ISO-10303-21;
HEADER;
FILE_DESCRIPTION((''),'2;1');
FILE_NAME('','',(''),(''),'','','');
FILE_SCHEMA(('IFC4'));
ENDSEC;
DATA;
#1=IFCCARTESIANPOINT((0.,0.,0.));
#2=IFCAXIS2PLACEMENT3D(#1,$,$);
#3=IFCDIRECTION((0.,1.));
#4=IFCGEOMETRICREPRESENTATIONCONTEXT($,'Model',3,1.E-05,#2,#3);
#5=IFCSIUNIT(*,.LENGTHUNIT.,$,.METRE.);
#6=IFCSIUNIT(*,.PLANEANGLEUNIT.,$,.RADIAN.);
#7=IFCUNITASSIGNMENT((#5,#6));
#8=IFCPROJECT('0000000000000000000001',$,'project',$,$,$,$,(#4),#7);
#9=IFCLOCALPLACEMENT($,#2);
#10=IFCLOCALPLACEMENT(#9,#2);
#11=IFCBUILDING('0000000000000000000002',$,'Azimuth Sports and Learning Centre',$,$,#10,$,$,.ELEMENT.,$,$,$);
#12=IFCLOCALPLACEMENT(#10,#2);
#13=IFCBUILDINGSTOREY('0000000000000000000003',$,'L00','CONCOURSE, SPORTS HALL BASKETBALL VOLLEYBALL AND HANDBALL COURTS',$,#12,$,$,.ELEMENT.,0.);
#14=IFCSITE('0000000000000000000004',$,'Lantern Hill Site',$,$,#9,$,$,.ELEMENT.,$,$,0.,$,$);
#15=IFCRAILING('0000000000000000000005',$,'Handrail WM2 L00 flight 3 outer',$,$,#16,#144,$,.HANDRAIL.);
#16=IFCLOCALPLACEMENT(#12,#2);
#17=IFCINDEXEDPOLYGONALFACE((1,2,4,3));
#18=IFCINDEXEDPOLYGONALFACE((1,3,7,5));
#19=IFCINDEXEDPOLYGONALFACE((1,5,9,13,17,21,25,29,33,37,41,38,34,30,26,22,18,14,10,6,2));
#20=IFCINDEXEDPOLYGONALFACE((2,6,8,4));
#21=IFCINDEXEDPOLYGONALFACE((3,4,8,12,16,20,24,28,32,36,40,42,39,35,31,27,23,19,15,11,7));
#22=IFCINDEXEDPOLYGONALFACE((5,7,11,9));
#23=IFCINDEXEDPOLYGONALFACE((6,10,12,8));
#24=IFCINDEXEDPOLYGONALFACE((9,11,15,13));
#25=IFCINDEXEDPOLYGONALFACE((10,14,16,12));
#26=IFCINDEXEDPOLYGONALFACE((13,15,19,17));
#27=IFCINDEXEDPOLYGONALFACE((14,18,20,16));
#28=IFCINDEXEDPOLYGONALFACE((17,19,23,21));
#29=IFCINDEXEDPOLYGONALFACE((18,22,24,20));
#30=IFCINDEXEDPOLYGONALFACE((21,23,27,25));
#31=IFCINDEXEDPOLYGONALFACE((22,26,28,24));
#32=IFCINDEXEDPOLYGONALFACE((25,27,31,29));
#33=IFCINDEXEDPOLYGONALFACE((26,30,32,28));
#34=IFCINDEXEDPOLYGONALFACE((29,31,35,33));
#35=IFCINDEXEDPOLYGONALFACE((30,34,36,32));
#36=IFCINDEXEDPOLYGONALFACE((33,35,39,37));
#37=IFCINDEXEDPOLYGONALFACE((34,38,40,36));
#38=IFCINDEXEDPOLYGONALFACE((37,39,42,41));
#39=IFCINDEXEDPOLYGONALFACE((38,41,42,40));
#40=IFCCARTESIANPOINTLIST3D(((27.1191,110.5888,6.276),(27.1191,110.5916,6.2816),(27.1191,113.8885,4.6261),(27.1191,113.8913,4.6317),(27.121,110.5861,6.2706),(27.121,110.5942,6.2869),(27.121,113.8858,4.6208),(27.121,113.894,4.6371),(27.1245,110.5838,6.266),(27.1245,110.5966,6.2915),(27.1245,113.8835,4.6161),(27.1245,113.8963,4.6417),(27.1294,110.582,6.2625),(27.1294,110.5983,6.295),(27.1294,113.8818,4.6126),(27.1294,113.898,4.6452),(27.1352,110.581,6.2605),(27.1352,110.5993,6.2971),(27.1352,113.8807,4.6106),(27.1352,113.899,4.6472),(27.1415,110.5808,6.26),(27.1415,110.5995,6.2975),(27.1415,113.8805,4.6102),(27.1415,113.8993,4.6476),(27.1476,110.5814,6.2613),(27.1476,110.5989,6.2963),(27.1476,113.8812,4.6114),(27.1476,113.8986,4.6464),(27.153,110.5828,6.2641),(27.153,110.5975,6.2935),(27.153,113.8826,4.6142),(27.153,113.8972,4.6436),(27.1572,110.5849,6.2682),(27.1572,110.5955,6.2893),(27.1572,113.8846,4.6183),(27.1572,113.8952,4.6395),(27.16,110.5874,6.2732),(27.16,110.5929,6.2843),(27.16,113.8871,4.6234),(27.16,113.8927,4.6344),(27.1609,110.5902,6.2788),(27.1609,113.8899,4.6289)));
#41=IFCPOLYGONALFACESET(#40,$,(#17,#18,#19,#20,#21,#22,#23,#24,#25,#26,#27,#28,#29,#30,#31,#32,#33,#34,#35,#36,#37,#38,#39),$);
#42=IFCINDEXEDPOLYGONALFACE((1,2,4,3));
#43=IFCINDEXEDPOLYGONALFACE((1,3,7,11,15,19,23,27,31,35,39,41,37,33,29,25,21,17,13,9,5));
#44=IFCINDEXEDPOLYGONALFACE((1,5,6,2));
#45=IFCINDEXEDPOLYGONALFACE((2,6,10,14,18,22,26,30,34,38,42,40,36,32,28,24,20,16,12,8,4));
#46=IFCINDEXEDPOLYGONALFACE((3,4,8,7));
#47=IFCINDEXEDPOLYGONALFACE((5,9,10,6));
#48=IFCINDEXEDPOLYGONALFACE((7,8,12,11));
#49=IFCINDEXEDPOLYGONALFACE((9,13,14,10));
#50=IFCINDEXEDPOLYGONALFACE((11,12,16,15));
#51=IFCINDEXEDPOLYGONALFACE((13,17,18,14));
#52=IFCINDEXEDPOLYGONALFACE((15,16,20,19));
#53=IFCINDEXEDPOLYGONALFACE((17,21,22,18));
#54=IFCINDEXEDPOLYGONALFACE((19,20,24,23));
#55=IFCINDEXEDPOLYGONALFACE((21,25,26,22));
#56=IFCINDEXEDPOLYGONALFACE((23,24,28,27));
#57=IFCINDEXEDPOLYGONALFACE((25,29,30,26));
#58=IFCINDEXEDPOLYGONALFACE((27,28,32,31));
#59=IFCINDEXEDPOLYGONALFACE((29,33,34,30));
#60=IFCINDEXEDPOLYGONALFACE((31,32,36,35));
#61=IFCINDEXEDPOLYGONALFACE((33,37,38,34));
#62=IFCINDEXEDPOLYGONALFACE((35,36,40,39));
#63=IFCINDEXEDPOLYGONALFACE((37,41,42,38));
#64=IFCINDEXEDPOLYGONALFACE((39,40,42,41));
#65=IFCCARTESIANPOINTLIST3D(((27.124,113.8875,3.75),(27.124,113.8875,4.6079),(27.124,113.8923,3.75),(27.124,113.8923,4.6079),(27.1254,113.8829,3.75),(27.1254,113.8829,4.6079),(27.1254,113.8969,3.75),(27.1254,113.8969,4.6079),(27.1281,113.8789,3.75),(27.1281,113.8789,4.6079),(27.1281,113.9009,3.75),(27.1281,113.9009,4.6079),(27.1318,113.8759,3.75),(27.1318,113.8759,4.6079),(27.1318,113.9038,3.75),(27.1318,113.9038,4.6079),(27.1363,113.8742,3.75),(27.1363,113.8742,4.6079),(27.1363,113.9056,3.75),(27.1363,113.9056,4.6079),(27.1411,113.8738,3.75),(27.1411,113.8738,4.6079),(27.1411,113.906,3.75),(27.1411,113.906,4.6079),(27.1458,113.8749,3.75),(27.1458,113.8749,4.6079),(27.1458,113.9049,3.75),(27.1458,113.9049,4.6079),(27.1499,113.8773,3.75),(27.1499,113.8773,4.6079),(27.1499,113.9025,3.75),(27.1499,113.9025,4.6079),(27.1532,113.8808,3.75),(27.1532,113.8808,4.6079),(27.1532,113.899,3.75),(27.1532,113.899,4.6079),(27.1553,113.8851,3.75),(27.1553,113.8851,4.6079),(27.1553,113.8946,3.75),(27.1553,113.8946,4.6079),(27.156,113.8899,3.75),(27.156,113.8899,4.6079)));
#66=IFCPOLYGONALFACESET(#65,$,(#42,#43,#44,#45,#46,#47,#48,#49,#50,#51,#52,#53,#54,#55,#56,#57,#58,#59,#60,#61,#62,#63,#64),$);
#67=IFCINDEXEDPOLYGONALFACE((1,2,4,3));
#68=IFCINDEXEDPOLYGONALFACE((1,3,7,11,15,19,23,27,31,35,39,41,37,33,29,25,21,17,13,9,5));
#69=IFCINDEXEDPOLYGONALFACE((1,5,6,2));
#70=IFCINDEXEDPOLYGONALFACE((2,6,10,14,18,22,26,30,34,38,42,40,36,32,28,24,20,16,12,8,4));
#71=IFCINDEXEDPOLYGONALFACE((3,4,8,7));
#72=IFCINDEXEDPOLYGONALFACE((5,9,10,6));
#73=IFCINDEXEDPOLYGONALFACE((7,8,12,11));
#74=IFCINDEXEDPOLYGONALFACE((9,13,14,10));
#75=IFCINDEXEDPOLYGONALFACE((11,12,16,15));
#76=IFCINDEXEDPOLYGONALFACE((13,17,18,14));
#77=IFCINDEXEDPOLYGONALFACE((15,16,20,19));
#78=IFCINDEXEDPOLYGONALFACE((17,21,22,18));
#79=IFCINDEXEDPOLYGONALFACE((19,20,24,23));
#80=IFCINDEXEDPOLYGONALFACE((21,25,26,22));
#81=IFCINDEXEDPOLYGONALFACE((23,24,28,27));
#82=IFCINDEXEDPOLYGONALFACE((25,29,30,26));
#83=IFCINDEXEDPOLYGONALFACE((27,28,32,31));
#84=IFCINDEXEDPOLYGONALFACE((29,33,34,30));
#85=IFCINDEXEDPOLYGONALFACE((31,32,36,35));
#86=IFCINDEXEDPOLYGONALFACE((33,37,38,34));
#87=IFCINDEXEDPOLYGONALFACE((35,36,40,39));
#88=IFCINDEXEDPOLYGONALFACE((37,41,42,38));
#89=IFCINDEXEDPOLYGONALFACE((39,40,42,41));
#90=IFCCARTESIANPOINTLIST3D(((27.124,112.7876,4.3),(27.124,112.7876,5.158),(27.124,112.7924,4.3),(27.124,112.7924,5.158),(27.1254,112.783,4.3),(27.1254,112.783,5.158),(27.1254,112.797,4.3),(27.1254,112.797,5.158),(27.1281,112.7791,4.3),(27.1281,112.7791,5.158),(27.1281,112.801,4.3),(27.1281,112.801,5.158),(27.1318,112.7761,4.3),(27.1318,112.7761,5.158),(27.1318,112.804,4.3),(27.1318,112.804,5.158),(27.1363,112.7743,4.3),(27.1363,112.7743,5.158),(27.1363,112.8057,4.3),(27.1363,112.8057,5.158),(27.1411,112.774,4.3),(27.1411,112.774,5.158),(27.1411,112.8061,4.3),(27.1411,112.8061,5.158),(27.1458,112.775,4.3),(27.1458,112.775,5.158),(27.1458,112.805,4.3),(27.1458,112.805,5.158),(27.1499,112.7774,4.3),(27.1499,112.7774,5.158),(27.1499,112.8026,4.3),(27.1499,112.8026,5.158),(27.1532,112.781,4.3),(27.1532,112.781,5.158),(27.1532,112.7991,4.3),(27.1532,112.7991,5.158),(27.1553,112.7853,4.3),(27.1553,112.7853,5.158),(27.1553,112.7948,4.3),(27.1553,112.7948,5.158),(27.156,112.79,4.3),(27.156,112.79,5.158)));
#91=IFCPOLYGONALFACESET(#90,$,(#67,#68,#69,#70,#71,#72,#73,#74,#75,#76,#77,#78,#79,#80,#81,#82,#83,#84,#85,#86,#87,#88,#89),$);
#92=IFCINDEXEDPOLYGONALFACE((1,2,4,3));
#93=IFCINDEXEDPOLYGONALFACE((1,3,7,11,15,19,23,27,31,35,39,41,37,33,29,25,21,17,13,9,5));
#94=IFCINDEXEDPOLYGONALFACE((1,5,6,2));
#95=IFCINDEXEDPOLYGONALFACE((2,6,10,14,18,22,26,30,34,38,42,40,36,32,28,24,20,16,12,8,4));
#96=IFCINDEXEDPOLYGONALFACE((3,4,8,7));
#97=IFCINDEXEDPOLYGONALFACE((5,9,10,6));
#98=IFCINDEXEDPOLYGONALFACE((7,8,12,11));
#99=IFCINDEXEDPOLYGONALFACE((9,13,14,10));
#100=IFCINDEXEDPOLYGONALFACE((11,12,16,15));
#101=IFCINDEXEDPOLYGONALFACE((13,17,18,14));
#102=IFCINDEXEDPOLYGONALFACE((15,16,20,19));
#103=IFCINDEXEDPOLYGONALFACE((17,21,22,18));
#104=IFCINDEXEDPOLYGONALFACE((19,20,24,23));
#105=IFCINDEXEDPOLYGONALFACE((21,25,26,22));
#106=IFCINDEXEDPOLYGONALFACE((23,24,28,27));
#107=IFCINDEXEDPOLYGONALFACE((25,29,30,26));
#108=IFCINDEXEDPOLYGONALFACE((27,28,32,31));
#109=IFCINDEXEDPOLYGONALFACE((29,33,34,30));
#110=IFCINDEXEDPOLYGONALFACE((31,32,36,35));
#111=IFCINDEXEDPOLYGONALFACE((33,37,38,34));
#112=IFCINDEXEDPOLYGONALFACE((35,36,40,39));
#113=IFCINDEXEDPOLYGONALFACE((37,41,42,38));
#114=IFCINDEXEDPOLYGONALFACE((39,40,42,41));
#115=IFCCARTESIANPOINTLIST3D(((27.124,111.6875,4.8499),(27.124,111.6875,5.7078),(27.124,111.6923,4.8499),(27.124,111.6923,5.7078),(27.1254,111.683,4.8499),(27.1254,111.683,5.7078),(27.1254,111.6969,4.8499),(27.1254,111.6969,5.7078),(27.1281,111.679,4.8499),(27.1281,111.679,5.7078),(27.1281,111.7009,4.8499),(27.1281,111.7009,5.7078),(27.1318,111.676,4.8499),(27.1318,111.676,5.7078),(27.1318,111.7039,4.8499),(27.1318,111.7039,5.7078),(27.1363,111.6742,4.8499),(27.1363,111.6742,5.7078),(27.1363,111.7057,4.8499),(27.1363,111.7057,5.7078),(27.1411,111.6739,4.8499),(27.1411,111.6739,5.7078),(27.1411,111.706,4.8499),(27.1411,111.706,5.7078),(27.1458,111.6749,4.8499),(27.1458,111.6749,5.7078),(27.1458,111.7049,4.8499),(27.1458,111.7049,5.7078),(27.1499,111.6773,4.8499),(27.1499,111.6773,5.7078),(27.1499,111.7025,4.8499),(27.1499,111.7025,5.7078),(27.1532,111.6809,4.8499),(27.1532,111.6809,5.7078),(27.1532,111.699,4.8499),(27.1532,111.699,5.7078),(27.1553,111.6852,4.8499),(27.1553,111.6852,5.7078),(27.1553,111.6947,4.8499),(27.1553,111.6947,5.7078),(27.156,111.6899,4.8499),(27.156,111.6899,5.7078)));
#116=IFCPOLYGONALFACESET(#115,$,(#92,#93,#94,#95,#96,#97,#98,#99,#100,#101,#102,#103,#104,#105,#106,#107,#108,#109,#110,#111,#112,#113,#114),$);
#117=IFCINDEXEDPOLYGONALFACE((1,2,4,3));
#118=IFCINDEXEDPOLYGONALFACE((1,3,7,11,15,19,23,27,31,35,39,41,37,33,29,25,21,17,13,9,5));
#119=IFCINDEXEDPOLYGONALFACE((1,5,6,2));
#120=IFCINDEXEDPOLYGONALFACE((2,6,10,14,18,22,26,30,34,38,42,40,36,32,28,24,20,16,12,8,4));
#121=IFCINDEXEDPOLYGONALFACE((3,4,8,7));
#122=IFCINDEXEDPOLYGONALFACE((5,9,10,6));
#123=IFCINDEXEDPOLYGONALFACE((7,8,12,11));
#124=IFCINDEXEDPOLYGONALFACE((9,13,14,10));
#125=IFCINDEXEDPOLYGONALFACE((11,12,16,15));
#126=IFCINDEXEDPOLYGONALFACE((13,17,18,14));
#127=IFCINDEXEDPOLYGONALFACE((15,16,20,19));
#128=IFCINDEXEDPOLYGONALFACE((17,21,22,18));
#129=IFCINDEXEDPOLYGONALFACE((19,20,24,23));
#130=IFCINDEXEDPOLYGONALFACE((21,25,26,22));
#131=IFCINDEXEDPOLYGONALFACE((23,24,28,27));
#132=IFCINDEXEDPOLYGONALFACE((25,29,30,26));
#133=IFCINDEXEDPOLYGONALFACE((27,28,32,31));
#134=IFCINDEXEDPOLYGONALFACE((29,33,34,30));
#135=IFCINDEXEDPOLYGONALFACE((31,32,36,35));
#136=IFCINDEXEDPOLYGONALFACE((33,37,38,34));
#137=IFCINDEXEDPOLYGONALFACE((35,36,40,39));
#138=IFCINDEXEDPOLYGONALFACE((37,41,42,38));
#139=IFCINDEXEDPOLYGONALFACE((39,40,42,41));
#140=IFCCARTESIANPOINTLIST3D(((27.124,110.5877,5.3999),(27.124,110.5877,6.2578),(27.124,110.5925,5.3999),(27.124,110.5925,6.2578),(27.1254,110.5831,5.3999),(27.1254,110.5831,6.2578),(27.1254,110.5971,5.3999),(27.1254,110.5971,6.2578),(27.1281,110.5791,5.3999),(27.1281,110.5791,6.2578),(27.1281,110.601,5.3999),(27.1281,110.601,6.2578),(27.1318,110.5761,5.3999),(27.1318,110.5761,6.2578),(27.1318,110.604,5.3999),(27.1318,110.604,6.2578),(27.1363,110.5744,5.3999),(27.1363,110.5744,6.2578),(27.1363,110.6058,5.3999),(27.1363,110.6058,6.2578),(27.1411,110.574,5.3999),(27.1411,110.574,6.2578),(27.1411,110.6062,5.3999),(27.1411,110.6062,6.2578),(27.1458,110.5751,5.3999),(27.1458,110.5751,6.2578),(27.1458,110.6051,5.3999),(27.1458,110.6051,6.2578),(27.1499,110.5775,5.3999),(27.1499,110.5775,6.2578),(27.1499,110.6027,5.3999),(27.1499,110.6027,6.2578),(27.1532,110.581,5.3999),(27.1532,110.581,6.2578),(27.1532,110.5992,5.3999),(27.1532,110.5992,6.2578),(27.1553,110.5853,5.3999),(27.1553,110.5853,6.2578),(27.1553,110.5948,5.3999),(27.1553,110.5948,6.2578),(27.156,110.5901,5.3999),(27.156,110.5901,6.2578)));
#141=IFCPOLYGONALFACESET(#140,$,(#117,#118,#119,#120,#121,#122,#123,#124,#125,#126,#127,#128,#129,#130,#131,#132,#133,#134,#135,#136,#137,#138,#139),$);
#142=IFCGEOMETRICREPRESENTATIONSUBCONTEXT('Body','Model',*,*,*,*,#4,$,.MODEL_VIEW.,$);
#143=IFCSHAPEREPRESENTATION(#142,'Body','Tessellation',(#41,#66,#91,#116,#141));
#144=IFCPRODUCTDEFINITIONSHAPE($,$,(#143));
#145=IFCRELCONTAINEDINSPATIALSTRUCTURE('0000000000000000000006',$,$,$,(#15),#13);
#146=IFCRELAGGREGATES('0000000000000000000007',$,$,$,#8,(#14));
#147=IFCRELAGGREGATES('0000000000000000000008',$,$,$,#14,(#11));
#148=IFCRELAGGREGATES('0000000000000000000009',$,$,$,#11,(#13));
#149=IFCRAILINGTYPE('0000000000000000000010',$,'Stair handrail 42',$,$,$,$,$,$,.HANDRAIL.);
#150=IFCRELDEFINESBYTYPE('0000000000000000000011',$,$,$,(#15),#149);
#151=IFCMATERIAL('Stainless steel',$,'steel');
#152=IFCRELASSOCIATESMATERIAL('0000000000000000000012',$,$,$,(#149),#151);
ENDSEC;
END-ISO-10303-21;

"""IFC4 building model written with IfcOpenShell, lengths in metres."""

from ifc_helpers import new_model, si_unit, direction, frame, origin, origin_2d, place, context, subcontext, project, spatial, circle, extrude, material, type_object, element, save


model = new_model("IFC4")

# Units and contexts
model_context = context("Model", 3, precision=1e-05, world=origin(), true_north=direction((0.0, 1.0)))
body_context = subcontext(model_context, "Body", "Model", "MODEL_VIEW")
ifc_project = project(units=[si_unit("LENGTHUNIT", "METRE"), si_unit("PLANEANGLEUNIT", "RADIAN")], contexts=[model_context])

# Site, building, storey
site_placement = place(None, origin())
site = spatial("IfcSite", under=ifc_project, at=site_placement, Name="Lantern Hill Site", CompositionType="ELEMENT", RefElevation=0.0)
building_placement = place(site_placement, origin())
building = spatial("IfcBuilding", under=site, at=building_placement, Name="Azimuth Sports and Learning Centre", CompositionType="ELEMENT")
storey_placement = place(building_placement, origin())
storey = spatial("IfcBuildingStorey", under=building, at=storey_placement, Name="L00", Description="CONCOURSE, SPORTS HALL BASKETBALL VOLLEYBALL AND HANDBALL COURTS", CompositionType="ELEMENT", Elevation=0.0)

# Railing
ifc_material_1 = material(Name="Stainless steel", Category="steel")
railing_type = type_object("IfcRailingType", Name="Stair handrail 42", PredefinedType="HANDRAIL", material=ifc_material_1)
for number, where, name in (
    (1, (27.1399, 113.8899, 3.75), "Handrail WM2 L00 flight 3 outer"),
):
    element("IfcRailing", number, at=place(storey_placement, frame(where)), inside=storey, type_object=railing_type, Name=name, PredefinedType="HANDRAIL", context=body_context, shape_type="SweptSolid", body=[
        extrude(circle(Radius=0.021, at=origin_2d()), frame((0.0, 0.0, 0.8789), z_axis=(0.0, -0.894427, 0.447214), x_axis=(1.0, 0.0, 0.0)), (0.0, 0.0, 1.0), 3.6892),
        extrude(circle(Radius=0.0161, at=origin_2d()), origin(), (0.0, 0.0, 1.0), 0.8579),
        extrude(circle(Radius=0.0161, at=origin_2d()), frame((0.0, -1.0999, 0.55)), (0.0, 0.0, 1.0), 0.8579),
        extrude(circle(Radius=0.0161, at=origin_2d()), frame((0.0, -2.2, 1.0999)), (0.0, 0.0, 1.0), 0.8579),
        extrude(circle(Radius=0.0161, at=origin_2d()), frame((0.0, -3.2998, 1.6499)), (0.0, 0.0, 1.0), 0.8579),
    ])

save(model, "model.ifc")
